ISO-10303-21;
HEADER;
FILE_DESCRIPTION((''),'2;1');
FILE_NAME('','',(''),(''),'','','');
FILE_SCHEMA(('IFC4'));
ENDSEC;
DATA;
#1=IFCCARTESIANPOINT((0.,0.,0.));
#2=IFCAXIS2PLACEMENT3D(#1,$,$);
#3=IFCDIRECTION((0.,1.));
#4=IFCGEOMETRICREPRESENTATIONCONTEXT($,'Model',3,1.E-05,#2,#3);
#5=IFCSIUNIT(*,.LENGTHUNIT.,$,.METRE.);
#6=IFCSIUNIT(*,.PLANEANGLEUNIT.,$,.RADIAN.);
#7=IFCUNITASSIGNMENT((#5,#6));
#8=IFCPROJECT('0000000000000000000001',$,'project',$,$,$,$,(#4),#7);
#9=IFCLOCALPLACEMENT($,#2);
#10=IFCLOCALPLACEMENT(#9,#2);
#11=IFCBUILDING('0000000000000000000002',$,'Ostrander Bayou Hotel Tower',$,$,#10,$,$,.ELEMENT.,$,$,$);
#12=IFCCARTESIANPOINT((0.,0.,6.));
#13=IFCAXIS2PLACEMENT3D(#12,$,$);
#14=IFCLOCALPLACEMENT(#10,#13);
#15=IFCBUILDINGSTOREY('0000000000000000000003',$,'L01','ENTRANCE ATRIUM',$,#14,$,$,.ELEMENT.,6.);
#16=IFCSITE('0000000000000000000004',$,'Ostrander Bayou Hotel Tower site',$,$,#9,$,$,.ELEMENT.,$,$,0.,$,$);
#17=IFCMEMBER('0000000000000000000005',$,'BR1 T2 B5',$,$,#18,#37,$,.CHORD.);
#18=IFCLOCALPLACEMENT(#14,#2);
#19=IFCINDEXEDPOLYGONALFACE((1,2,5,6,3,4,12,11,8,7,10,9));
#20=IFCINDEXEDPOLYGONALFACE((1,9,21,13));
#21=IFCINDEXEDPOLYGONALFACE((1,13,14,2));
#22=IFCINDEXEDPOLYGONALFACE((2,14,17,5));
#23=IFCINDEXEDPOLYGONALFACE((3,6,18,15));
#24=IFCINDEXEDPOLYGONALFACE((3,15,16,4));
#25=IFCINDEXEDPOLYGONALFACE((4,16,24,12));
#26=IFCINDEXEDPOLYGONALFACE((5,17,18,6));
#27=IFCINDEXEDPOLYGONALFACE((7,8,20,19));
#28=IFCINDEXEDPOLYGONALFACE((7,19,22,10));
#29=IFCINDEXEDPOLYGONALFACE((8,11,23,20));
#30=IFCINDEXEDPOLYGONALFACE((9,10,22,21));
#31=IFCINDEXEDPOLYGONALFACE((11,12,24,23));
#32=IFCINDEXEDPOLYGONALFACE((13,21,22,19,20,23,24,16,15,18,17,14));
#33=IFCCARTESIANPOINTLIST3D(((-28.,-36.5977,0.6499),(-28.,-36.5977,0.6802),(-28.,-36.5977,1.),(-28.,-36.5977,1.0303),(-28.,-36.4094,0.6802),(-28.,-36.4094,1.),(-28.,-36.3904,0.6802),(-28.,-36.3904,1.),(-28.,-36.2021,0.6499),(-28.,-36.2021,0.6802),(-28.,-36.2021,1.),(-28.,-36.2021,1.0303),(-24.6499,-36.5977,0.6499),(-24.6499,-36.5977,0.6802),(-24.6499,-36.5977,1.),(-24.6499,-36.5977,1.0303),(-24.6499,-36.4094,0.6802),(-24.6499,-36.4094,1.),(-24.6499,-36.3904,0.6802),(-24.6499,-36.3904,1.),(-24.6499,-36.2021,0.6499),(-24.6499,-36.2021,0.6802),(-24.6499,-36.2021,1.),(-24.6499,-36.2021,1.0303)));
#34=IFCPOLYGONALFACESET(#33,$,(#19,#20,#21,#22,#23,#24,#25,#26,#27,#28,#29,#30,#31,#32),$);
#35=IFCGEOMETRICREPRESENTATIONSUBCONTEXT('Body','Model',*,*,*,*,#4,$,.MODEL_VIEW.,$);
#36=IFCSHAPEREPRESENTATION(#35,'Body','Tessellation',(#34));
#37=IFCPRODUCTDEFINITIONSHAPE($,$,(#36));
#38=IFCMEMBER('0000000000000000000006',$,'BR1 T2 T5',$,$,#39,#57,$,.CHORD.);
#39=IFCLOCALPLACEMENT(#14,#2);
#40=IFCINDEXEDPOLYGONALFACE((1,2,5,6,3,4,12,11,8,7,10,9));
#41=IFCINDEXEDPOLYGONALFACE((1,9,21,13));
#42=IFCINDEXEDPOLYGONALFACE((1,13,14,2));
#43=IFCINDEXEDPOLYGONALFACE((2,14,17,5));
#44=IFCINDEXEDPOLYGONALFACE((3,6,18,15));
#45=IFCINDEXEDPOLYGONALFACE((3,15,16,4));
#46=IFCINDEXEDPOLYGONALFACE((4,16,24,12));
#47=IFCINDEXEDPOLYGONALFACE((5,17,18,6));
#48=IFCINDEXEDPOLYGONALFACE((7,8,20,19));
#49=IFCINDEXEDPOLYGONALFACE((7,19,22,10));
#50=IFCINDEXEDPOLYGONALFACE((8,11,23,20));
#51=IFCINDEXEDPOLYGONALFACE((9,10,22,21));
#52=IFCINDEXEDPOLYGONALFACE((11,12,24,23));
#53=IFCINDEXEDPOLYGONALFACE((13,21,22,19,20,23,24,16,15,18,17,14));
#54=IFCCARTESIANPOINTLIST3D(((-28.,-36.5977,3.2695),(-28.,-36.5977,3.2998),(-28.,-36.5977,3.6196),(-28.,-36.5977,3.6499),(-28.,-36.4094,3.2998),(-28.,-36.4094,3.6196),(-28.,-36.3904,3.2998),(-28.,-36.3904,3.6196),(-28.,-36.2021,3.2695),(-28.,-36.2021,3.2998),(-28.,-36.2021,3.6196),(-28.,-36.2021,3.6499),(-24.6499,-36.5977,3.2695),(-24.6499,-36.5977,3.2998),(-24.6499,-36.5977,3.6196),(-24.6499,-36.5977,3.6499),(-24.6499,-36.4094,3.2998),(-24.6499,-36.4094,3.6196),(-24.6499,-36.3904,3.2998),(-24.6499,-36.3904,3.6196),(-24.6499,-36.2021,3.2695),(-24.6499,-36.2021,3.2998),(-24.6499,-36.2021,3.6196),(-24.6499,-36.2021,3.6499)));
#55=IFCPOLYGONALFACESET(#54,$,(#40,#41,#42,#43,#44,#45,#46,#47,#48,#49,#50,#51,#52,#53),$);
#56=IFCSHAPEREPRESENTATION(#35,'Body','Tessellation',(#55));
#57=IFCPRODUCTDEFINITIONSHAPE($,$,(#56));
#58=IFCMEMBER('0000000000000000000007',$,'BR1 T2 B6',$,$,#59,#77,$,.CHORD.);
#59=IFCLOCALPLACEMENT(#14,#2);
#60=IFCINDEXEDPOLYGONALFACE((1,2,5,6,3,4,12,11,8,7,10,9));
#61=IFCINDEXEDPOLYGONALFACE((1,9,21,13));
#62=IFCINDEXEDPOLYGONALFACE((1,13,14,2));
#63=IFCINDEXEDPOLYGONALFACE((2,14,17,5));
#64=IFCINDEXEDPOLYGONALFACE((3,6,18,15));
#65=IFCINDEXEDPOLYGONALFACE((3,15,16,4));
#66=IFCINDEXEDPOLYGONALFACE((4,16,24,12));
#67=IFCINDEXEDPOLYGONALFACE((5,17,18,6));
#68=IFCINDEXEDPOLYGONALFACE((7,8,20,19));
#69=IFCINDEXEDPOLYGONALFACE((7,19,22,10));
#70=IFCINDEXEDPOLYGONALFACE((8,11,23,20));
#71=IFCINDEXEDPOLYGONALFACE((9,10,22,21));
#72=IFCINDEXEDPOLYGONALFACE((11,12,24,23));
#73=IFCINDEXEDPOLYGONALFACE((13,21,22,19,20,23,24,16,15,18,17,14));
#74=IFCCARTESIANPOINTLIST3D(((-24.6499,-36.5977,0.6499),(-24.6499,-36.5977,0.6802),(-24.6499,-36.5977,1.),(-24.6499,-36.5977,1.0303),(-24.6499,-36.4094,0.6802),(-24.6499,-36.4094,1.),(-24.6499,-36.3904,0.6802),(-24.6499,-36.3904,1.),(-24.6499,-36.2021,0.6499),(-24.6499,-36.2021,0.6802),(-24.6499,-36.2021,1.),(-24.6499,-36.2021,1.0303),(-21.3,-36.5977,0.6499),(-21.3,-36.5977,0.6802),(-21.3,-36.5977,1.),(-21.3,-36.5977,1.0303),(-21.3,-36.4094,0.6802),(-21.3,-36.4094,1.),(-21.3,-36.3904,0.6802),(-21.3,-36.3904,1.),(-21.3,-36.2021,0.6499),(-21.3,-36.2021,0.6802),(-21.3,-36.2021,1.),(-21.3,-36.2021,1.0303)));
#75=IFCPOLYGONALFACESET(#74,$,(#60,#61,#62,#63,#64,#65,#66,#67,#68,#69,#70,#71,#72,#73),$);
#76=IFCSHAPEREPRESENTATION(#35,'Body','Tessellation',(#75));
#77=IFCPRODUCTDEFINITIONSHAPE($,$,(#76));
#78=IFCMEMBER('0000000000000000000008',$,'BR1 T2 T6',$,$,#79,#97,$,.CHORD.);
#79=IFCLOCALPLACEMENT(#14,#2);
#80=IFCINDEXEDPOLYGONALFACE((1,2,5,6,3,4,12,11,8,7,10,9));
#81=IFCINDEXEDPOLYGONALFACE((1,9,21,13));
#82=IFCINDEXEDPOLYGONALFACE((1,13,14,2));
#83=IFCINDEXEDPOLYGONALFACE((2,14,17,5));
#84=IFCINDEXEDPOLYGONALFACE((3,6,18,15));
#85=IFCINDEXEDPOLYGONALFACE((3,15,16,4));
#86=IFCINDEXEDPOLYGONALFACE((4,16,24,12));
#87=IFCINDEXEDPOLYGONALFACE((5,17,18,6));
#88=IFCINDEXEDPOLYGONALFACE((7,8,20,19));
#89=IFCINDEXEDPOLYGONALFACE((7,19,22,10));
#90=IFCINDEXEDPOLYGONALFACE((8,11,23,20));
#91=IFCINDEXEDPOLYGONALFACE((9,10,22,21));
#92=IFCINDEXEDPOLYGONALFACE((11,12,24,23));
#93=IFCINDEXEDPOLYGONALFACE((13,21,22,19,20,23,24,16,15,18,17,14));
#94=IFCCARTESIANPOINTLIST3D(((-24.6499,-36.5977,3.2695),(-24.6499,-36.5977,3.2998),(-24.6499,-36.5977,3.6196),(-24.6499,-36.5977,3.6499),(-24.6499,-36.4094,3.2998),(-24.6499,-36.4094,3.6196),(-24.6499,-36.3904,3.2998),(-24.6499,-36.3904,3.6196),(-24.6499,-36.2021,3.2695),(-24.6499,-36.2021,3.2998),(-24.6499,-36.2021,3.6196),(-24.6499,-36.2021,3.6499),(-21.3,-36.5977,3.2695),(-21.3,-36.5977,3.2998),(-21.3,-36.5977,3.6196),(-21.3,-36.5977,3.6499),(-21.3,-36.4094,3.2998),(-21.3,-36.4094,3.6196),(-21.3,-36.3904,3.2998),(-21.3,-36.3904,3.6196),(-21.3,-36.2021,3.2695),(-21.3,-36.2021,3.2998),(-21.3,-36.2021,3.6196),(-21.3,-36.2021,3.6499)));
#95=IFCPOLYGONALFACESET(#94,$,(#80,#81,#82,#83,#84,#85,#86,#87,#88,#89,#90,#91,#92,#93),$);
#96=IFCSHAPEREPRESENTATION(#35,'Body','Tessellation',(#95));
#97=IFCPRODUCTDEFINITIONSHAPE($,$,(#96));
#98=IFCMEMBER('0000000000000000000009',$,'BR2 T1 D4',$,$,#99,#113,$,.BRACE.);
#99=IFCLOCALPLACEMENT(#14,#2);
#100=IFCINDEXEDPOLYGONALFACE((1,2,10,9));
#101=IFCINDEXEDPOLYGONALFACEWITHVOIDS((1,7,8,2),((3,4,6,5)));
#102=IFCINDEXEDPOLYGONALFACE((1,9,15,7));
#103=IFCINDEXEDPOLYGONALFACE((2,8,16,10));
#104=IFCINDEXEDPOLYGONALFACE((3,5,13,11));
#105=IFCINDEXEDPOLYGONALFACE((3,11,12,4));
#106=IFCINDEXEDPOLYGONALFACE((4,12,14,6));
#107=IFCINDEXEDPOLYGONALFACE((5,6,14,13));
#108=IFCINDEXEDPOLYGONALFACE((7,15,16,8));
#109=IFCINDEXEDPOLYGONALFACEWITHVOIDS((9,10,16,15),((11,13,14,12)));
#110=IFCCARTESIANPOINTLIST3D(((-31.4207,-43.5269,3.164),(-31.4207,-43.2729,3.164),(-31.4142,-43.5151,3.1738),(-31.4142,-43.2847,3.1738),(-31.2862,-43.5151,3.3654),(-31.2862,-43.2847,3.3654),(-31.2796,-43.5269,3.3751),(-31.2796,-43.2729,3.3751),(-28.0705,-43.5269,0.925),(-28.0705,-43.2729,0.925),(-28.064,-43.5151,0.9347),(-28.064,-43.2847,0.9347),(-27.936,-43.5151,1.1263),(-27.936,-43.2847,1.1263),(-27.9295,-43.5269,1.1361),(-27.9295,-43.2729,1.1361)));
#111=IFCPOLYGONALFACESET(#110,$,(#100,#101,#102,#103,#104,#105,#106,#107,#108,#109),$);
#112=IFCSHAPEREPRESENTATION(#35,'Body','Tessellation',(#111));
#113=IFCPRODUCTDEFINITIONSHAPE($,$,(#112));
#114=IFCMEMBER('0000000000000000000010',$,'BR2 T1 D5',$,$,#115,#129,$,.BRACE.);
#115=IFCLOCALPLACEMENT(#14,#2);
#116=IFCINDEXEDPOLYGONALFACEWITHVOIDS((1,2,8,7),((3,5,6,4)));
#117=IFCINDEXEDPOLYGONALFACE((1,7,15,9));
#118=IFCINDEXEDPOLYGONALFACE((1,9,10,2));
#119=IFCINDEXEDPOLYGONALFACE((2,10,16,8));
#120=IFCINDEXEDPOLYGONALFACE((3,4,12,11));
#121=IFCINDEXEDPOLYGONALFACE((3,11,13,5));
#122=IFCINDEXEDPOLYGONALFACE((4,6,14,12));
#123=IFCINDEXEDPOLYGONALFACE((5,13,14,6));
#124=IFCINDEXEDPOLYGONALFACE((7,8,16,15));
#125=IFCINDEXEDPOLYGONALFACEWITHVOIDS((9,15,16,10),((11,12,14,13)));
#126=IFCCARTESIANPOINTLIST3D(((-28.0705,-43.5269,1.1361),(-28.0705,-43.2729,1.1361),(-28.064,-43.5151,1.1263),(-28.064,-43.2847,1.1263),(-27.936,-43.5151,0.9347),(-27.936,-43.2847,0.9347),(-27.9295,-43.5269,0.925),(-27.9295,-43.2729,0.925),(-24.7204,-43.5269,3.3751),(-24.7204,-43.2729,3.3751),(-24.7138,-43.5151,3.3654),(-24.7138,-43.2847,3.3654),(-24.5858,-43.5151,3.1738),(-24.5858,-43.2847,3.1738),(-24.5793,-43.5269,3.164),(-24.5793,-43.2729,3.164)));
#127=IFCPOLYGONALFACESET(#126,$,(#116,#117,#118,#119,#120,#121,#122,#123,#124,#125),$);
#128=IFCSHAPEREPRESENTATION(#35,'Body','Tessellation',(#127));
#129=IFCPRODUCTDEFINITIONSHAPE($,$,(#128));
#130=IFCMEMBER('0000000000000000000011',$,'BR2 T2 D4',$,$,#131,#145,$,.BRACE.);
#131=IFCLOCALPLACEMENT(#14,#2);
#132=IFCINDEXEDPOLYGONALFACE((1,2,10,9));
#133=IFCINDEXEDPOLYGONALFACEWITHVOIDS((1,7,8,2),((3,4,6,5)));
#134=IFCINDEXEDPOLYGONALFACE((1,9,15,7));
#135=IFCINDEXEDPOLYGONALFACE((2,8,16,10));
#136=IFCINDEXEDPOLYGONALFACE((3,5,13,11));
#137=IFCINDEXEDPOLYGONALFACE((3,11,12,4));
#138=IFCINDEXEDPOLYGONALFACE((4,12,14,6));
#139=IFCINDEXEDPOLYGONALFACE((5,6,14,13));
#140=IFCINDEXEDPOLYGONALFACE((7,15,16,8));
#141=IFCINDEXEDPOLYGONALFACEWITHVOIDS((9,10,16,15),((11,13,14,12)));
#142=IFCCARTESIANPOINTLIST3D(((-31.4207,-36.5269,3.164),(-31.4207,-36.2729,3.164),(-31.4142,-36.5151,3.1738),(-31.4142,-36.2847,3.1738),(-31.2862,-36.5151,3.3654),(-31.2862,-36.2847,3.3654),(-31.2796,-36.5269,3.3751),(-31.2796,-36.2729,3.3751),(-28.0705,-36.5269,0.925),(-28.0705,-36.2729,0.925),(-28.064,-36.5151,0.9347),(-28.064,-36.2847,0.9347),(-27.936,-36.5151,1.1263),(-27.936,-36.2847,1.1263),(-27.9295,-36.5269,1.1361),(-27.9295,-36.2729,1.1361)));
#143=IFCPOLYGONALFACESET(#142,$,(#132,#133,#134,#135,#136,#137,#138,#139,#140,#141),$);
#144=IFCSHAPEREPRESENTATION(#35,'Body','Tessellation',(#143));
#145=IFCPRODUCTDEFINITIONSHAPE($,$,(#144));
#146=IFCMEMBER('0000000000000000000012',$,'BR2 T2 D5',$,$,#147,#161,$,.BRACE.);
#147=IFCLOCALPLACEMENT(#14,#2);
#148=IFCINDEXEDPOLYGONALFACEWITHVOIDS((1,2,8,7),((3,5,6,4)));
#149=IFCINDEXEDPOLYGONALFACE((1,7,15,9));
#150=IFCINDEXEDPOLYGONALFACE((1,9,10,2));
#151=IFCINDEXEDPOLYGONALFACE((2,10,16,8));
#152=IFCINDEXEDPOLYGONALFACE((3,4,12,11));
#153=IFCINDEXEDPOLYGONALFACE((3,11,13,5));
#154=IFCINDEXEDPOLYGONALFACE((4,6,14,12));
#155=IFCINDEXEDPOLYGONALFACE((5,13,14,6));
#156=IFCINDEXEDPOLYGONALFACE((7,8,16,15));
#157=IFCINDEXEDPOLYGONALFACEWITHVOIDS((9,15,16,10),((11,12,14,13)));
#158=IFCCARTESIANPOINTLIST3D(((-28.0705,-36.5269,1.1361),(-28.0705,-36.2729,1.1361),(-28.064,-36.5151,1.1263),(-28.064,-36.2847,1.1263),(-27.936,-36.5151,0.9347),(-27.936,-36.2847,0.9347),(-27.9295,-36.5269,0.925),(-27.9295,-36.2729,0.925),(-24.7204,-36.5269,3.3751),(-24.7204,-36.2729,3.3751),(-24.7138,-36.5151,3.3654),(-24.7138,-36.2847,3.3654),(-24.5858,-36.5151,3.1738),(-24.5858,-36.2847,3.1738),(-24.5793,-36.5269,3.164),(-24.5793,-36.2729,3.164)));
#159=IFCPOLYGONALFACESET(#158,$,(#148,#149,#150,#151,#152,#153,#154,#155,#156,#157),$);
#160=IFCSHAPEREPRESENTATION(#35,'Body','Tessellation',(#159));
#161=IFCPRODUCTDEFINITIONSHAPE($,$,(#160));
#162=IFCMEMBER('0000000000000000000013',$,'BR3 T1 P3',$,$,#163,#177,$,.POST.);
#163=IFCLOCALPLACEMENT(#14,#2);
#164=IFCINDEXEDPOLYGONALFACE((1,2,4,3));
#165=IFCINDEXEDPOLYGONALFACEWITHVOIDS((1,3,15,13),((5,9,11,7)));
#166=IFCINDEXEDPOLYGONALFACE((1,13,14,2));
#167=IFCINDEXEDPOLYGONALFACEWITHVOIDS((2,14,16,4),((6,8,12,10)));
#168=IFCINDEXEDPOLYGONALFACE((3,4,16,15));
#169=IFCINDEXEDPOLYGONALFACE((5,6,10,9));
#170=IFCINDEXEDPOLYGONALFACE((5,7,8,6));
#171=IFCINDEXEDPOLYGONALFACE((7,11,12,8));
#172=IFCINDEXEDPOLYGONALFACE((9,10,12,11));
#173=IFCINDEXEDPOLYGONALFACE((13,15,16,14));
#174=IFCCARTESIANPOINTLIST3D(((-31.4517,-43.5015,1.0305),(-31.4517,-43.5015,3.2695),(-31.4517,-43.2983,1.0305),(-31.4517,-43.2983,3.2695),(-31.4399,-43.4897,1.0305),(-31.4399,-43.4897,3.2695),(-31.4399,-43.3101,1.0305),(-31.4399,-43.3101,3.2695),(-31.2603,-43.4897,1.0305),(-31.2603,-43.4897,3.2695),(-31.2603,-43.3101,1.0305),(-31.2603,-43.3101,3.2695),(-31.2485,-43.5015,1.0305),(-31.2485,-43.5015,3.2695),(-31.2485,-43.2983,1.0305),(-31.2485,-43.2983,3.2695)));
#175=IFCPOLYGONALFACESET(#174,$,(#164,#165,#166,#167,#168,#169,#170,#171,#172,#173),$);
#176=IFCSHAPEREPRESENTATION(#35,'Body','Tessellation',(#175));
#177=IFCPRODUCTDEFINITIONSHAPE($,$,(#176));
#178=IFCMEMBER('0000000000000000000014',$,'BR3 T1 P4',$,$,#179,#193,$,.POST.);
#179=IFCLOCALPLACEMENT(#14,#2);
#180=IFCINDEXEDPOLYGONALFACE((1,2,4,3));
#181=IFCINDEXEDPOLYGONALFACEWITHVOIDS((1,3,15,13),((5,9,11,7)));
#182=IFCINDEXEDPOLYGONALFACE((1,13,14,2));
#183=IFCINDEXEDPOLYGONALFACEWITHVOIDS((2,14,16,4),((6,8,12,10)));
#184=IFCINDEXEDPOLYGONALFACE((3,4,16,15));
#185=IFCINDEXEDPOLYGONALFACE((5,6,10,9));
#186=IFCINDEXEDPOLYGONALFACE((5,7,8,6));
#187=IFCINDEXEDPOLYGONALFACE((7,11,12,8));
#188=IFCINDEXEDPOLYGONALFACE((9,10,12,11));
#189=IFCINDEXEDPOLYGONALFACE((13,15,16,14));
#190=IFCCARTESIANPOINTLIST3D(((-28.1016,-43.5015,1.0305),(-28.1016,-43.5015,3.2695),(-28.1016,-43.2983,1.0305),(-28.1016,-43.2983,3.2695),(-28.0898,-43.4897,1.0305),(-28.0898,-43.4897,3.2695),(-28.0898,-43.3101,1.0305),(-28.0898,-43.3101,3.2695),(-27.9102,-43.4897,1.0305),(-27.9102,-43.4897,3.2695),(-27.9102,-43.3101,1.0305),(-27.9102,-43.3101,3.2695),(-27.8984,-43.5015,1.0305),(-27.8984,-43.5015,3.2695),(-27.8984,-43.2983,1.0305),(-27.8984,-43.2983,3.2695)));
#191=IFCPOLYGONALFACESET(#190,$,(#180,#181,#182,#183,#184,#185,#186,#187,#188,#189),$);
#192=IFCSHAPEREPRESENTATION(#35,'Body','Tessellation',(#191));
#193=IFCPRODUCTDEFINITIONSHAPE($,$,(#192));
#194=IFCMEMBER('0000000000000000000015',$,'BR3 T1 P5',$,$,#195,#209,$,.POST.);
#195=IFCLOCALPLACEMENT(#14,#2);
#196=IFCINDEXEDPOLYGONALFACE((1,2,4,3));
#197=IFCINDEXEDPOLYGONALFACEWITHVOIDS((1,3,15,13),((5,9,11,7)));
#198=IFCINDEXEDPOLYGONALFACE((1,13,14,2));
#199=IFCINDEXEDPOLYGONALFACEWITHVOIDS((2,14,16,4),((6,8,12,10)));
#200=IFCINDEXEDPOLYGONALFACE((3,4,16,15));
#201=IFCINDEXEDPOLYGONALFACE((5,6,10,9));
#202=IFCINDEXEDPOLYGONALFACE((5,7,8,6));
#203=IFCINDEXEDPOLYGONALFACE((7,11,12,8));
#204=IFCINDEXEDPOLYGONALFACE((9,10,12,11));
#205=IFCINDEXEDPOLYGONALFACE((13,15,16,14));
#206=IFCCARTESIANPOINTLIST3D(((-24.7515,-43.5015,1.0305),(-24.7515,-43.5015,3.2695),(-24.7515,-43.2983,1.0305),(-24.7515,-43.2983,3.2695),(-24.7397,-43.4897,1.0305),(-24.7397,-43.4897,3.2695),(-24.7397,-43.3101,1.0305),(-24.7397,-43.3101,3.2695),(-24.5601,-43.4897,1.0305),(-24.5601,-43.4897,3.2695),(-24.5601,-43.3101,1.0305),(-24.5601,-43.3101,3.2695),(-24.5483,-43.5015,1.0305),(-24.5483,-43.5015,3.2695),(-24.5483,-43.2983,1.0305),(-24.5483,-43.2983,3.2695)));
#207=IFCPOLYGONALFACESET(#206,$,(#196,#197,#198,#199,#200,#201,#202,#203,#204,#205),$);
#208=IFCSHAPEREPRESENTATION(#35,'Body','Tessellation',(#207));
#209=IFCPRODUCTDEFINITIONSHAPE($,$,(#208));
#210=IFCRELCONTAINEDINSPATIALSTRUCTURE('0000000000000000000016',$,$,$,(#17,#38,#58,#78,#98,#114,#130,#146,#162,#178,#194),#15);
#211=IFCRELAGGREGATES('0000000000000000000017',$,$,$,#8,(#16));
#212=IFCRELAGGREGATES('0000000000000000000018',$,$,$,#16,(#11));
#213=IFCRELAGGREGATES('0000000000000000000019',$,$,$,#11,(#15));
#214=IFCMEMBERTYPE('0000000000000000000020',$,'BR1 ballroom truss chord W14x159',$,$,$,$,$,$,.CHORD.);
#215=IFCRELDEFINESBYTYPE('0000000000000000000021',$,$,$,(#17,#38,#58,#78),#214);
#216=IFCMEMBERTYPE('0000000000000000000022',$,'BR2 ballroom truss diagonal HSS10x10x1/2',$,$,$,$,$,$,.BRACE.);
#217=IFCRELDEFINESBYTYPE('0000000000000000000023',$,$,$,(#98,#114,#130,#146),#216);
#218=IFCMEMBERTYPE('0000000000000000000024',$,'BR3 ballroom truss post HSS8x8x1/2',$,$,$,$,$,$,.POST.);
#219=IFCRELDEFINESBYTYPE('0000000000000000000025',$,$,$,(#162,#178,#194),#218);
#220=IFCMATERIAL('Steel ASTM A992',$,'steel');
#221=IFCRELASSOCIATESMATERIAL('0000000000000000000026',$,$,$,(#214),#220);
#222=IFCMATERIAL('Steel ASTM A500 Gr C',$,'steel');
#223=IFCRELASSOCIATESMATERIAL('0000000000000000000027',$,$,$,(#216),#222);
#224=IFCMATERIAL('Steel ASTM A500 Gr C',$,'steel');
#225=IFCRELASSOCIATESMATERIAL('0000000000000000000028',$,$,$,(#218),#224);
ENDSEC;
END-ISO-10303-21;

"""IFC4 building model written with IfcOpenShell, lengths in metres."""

from ifc_helpers import new_model, si_unit, direction, frame, origin, origin_2d, place, context, subcontext, project, spatial, hollow_rectangle, i_section, extrude, material, material_profile, profile_set, type_object, element, save


model = new_model("IFC4")

# Units and contexts
model_context = context("Model", 3, precision=1e-05, world=origin(), true_north=direction((0.0, 1.0)))
body_context = subcontext(model_context, "Body", "Model", "MODEL_VIEW")
ifc_project = project(units=[si_unit("LENGTHUNIT", "METRE"), si_unit("PLANEANGLEUNIT", "RADIAN")], contexts=[model_context])

# Site, building, storey
site_placement = place(None, origin())
site = spatial("IfcSite", under=ifc_project, at=site_placement, Name="Ostrander Bayou Hotel Tower site", CompositionType="ELEMENT", RefElevation=0.0)
building_placement = place(site_placement, origin())
building = spatial("IfcBuilding", under=site, at=building_placement, Name="Ostrander Bayou Hotel Tower", CompositionType="ELEMENT")
storey_placement = place(building_placement, frame((0.0, 0.0, 6.0)))
storey = spatial("IfcBuildingStorey", under=building, at=storey_placement, Name="L01", Description="ENTRANCE ATRIUM", CompositionType="ELEMENT", Elevation=6.0)

# Members
ifc_material_1 = material(Name="Steel ASTM A992", Category="steel")
ifc_material_profile_1 = material_profile(ifc_material_1, i_section(OverallWidth=0.3955, OverallDepth=0.3804, WebThickness=0.019, FlangeThickness=0.0303, at=origin_2d()))
ifc_profile_set_1 = profile_set([ifc_material_profile_1], Name="Steel ASTM A992")
member_type_1 = type_object("IfcMemberType", Name="BR1 ballroom truss chord W14x159", PredefinedType="CHORD", material=ifc_profile_set_1)
for number, where, z_axis, x_axis, name in (
    (1, (-28.0, -36.3999, 0.8401), (1.0, 0.0, 0.0), (0.0, 1.0, 0.0), "BR1 T2 B5"),
    (2, (-28.0, -36.3999, 3.4597), (1.0, 0.0, 0.0), (0.0, 1.0, 0.0), "BR1 T2 T5"),
):
    element("IfcMember", number, at=place(storey_placement, frame(where, z_axis=z_axis, x_axis=x_axis)), inside=storey, type_object=member_type_1, Name=name, PredefinedType="CHORD", context=body_context, shape_type="SweptSolid", body=[
        extrude(i_section(OverallWidth=0.3955, OverallDepth=0.3804, WebThickness=0.019, FlangeThickness=0.0303, at=origin_2d()), origin(), (0.0, 0.0, 1.0), 3.3501),
    ])
for number, where, z_axis, x_axis, name in (
    (3, (-24.6499, -36.3999, 0.8401), (1.0, 0.0, 0.0), (0.0, 1.0, 0.0), "BR1 T2 B6"),
    (4, (-24.6499, -36.3999, 3.4597), (1.0, 0.0, 0.0), (0.0, 1.0, 0.0), "BR1 T2 T6"),
):
    element("IfcMember", number, at=place(storey_placement, frame(where, z_axis=z_axis, x_axis=x_axis)), inside=storey, type_object=member_type_1, Name=name, PredefinedType="CHORD", context=body_context, shape_type="SweptSolid", body=[
        extrude(i_section(OverallWidth=0.3955, OverallDepth=0.3804, WebThickness=0.019, FlangeThickness=0.0303, at=origin_2d()), origin(), (0.0, 0.0, 1.0), 3.3499),
    ])
ifc_material_2 = material(Name="Steel ASTM A500 Gr C", Category="steel")
ifc_material_profile_2 = material_profile(ifc_material_2, hollow_rectangle(XDim=0.2539, YDim=0.2539, WallThickness=0.0117, at=origin_2d()))
ifc_profile_set_2 = profile_set([ifc_material_profile_2], Name="Steel ASTM A500 Gr C")
member_type_2 = type_object("IfcMemberType", Name="BR2 ballroom truss diagonal HSS10x10x1/2", PredefinedType="BRACE", material=ifc_profile_set_2)
for number, where, z_axis, x_axis, name in (
    (5, (-28.0, -43.3999, 1.0305), (-0.831407, 0.0, 0.555665), (0.0, -1.0, 0.0), "BR2 T1 D4"),
    (6, (-28.0, -43.3999, 1.0305), (0.831407, 0.0, 0.555665), (0.0, 1.0, 0.0), "BR2 T1 D5"),
    (7, (-28.0, -36.3999, 1.0305), (-0.831407, 0.0, 0.555665), (0.0, -1.0, 0.0), "BR2 T2 D4"),
    (8, (-28.0, -36.3999, 1.0305), (0.831407, 0.0, 0.555665), (0.0, 1.0, 0.0), "BR2 T2 D5"),
):
    element("IfcMember", number, at=place(storey_placement, frame(where, z_axis=z_axis, x_axis=x_axis)), inside=storey, type_object=member_type_2, Name=name, PredefinedType="BRACE", context=body_context, shape_type="SweptSolid", body=[
        extrude(hollow_rectangle(XDim=0.2539, YDim=0.2539, WallThickness=0.0117, at=origin_2d()), origin(), (0.0, 0.0, 1.0), 4.0295),
    ])
ifc_material_3 = material(Name="Steel ASTM A500 Gr C", Category="steel")
ifc_material_profile_3 = material_profile(ifc_material_3, hollow_rectangle(XDim=0.2031, YDim=0.2031, WallThickness=0.0117, at=origin_2d()))
ifc_profile_set_3 = profile_set([ifc_material_profile_3], Name="Steel ASTM A500 Gr C")
member_type_3 = type_object("IfcMemberType", Name="BR3 ballroom truss post HSS8x8x1/2", PredefinedType="POST", material=ifc_profile_set_3)
for number, where, z_axis, x_axis, name in (
    (9, (-31.3501, -43.3999, 1.0305), (0.0, 0.0, 1.0), (1.0, 0.0, 0.0), "BR3 T1 P3"),
    (10, (-28.0, -43.3999, 1.0305), (0.0, 0.0, 1.0), (1.0, 0.0, 0.0), "BR3 T1 P4"),
    (11, (-24.6499, -43.3999, 1.0305), (0.0, 0.0, 1.0), (1.0, 0.0, 0.0), "BR3 T1 P5"),
):
    element("IfcMember", number, at=place(storey_placement, frame(where, z_axis=z_axis, x_axis=x_axis)), inside=storey, type_object=member_type_3, Name=name, PredefinedType="POST", context=body_context, shape_type="SweptSolid", body=[
        extrude(hollow_rectangle(XDim=0.2031, YDim=0.2031, WallThickness=0.0117, at=origin_2d()), origin(), (0.0, 0.0, 1.0), 2.239),
    ])

save(model, "model.ifc")
